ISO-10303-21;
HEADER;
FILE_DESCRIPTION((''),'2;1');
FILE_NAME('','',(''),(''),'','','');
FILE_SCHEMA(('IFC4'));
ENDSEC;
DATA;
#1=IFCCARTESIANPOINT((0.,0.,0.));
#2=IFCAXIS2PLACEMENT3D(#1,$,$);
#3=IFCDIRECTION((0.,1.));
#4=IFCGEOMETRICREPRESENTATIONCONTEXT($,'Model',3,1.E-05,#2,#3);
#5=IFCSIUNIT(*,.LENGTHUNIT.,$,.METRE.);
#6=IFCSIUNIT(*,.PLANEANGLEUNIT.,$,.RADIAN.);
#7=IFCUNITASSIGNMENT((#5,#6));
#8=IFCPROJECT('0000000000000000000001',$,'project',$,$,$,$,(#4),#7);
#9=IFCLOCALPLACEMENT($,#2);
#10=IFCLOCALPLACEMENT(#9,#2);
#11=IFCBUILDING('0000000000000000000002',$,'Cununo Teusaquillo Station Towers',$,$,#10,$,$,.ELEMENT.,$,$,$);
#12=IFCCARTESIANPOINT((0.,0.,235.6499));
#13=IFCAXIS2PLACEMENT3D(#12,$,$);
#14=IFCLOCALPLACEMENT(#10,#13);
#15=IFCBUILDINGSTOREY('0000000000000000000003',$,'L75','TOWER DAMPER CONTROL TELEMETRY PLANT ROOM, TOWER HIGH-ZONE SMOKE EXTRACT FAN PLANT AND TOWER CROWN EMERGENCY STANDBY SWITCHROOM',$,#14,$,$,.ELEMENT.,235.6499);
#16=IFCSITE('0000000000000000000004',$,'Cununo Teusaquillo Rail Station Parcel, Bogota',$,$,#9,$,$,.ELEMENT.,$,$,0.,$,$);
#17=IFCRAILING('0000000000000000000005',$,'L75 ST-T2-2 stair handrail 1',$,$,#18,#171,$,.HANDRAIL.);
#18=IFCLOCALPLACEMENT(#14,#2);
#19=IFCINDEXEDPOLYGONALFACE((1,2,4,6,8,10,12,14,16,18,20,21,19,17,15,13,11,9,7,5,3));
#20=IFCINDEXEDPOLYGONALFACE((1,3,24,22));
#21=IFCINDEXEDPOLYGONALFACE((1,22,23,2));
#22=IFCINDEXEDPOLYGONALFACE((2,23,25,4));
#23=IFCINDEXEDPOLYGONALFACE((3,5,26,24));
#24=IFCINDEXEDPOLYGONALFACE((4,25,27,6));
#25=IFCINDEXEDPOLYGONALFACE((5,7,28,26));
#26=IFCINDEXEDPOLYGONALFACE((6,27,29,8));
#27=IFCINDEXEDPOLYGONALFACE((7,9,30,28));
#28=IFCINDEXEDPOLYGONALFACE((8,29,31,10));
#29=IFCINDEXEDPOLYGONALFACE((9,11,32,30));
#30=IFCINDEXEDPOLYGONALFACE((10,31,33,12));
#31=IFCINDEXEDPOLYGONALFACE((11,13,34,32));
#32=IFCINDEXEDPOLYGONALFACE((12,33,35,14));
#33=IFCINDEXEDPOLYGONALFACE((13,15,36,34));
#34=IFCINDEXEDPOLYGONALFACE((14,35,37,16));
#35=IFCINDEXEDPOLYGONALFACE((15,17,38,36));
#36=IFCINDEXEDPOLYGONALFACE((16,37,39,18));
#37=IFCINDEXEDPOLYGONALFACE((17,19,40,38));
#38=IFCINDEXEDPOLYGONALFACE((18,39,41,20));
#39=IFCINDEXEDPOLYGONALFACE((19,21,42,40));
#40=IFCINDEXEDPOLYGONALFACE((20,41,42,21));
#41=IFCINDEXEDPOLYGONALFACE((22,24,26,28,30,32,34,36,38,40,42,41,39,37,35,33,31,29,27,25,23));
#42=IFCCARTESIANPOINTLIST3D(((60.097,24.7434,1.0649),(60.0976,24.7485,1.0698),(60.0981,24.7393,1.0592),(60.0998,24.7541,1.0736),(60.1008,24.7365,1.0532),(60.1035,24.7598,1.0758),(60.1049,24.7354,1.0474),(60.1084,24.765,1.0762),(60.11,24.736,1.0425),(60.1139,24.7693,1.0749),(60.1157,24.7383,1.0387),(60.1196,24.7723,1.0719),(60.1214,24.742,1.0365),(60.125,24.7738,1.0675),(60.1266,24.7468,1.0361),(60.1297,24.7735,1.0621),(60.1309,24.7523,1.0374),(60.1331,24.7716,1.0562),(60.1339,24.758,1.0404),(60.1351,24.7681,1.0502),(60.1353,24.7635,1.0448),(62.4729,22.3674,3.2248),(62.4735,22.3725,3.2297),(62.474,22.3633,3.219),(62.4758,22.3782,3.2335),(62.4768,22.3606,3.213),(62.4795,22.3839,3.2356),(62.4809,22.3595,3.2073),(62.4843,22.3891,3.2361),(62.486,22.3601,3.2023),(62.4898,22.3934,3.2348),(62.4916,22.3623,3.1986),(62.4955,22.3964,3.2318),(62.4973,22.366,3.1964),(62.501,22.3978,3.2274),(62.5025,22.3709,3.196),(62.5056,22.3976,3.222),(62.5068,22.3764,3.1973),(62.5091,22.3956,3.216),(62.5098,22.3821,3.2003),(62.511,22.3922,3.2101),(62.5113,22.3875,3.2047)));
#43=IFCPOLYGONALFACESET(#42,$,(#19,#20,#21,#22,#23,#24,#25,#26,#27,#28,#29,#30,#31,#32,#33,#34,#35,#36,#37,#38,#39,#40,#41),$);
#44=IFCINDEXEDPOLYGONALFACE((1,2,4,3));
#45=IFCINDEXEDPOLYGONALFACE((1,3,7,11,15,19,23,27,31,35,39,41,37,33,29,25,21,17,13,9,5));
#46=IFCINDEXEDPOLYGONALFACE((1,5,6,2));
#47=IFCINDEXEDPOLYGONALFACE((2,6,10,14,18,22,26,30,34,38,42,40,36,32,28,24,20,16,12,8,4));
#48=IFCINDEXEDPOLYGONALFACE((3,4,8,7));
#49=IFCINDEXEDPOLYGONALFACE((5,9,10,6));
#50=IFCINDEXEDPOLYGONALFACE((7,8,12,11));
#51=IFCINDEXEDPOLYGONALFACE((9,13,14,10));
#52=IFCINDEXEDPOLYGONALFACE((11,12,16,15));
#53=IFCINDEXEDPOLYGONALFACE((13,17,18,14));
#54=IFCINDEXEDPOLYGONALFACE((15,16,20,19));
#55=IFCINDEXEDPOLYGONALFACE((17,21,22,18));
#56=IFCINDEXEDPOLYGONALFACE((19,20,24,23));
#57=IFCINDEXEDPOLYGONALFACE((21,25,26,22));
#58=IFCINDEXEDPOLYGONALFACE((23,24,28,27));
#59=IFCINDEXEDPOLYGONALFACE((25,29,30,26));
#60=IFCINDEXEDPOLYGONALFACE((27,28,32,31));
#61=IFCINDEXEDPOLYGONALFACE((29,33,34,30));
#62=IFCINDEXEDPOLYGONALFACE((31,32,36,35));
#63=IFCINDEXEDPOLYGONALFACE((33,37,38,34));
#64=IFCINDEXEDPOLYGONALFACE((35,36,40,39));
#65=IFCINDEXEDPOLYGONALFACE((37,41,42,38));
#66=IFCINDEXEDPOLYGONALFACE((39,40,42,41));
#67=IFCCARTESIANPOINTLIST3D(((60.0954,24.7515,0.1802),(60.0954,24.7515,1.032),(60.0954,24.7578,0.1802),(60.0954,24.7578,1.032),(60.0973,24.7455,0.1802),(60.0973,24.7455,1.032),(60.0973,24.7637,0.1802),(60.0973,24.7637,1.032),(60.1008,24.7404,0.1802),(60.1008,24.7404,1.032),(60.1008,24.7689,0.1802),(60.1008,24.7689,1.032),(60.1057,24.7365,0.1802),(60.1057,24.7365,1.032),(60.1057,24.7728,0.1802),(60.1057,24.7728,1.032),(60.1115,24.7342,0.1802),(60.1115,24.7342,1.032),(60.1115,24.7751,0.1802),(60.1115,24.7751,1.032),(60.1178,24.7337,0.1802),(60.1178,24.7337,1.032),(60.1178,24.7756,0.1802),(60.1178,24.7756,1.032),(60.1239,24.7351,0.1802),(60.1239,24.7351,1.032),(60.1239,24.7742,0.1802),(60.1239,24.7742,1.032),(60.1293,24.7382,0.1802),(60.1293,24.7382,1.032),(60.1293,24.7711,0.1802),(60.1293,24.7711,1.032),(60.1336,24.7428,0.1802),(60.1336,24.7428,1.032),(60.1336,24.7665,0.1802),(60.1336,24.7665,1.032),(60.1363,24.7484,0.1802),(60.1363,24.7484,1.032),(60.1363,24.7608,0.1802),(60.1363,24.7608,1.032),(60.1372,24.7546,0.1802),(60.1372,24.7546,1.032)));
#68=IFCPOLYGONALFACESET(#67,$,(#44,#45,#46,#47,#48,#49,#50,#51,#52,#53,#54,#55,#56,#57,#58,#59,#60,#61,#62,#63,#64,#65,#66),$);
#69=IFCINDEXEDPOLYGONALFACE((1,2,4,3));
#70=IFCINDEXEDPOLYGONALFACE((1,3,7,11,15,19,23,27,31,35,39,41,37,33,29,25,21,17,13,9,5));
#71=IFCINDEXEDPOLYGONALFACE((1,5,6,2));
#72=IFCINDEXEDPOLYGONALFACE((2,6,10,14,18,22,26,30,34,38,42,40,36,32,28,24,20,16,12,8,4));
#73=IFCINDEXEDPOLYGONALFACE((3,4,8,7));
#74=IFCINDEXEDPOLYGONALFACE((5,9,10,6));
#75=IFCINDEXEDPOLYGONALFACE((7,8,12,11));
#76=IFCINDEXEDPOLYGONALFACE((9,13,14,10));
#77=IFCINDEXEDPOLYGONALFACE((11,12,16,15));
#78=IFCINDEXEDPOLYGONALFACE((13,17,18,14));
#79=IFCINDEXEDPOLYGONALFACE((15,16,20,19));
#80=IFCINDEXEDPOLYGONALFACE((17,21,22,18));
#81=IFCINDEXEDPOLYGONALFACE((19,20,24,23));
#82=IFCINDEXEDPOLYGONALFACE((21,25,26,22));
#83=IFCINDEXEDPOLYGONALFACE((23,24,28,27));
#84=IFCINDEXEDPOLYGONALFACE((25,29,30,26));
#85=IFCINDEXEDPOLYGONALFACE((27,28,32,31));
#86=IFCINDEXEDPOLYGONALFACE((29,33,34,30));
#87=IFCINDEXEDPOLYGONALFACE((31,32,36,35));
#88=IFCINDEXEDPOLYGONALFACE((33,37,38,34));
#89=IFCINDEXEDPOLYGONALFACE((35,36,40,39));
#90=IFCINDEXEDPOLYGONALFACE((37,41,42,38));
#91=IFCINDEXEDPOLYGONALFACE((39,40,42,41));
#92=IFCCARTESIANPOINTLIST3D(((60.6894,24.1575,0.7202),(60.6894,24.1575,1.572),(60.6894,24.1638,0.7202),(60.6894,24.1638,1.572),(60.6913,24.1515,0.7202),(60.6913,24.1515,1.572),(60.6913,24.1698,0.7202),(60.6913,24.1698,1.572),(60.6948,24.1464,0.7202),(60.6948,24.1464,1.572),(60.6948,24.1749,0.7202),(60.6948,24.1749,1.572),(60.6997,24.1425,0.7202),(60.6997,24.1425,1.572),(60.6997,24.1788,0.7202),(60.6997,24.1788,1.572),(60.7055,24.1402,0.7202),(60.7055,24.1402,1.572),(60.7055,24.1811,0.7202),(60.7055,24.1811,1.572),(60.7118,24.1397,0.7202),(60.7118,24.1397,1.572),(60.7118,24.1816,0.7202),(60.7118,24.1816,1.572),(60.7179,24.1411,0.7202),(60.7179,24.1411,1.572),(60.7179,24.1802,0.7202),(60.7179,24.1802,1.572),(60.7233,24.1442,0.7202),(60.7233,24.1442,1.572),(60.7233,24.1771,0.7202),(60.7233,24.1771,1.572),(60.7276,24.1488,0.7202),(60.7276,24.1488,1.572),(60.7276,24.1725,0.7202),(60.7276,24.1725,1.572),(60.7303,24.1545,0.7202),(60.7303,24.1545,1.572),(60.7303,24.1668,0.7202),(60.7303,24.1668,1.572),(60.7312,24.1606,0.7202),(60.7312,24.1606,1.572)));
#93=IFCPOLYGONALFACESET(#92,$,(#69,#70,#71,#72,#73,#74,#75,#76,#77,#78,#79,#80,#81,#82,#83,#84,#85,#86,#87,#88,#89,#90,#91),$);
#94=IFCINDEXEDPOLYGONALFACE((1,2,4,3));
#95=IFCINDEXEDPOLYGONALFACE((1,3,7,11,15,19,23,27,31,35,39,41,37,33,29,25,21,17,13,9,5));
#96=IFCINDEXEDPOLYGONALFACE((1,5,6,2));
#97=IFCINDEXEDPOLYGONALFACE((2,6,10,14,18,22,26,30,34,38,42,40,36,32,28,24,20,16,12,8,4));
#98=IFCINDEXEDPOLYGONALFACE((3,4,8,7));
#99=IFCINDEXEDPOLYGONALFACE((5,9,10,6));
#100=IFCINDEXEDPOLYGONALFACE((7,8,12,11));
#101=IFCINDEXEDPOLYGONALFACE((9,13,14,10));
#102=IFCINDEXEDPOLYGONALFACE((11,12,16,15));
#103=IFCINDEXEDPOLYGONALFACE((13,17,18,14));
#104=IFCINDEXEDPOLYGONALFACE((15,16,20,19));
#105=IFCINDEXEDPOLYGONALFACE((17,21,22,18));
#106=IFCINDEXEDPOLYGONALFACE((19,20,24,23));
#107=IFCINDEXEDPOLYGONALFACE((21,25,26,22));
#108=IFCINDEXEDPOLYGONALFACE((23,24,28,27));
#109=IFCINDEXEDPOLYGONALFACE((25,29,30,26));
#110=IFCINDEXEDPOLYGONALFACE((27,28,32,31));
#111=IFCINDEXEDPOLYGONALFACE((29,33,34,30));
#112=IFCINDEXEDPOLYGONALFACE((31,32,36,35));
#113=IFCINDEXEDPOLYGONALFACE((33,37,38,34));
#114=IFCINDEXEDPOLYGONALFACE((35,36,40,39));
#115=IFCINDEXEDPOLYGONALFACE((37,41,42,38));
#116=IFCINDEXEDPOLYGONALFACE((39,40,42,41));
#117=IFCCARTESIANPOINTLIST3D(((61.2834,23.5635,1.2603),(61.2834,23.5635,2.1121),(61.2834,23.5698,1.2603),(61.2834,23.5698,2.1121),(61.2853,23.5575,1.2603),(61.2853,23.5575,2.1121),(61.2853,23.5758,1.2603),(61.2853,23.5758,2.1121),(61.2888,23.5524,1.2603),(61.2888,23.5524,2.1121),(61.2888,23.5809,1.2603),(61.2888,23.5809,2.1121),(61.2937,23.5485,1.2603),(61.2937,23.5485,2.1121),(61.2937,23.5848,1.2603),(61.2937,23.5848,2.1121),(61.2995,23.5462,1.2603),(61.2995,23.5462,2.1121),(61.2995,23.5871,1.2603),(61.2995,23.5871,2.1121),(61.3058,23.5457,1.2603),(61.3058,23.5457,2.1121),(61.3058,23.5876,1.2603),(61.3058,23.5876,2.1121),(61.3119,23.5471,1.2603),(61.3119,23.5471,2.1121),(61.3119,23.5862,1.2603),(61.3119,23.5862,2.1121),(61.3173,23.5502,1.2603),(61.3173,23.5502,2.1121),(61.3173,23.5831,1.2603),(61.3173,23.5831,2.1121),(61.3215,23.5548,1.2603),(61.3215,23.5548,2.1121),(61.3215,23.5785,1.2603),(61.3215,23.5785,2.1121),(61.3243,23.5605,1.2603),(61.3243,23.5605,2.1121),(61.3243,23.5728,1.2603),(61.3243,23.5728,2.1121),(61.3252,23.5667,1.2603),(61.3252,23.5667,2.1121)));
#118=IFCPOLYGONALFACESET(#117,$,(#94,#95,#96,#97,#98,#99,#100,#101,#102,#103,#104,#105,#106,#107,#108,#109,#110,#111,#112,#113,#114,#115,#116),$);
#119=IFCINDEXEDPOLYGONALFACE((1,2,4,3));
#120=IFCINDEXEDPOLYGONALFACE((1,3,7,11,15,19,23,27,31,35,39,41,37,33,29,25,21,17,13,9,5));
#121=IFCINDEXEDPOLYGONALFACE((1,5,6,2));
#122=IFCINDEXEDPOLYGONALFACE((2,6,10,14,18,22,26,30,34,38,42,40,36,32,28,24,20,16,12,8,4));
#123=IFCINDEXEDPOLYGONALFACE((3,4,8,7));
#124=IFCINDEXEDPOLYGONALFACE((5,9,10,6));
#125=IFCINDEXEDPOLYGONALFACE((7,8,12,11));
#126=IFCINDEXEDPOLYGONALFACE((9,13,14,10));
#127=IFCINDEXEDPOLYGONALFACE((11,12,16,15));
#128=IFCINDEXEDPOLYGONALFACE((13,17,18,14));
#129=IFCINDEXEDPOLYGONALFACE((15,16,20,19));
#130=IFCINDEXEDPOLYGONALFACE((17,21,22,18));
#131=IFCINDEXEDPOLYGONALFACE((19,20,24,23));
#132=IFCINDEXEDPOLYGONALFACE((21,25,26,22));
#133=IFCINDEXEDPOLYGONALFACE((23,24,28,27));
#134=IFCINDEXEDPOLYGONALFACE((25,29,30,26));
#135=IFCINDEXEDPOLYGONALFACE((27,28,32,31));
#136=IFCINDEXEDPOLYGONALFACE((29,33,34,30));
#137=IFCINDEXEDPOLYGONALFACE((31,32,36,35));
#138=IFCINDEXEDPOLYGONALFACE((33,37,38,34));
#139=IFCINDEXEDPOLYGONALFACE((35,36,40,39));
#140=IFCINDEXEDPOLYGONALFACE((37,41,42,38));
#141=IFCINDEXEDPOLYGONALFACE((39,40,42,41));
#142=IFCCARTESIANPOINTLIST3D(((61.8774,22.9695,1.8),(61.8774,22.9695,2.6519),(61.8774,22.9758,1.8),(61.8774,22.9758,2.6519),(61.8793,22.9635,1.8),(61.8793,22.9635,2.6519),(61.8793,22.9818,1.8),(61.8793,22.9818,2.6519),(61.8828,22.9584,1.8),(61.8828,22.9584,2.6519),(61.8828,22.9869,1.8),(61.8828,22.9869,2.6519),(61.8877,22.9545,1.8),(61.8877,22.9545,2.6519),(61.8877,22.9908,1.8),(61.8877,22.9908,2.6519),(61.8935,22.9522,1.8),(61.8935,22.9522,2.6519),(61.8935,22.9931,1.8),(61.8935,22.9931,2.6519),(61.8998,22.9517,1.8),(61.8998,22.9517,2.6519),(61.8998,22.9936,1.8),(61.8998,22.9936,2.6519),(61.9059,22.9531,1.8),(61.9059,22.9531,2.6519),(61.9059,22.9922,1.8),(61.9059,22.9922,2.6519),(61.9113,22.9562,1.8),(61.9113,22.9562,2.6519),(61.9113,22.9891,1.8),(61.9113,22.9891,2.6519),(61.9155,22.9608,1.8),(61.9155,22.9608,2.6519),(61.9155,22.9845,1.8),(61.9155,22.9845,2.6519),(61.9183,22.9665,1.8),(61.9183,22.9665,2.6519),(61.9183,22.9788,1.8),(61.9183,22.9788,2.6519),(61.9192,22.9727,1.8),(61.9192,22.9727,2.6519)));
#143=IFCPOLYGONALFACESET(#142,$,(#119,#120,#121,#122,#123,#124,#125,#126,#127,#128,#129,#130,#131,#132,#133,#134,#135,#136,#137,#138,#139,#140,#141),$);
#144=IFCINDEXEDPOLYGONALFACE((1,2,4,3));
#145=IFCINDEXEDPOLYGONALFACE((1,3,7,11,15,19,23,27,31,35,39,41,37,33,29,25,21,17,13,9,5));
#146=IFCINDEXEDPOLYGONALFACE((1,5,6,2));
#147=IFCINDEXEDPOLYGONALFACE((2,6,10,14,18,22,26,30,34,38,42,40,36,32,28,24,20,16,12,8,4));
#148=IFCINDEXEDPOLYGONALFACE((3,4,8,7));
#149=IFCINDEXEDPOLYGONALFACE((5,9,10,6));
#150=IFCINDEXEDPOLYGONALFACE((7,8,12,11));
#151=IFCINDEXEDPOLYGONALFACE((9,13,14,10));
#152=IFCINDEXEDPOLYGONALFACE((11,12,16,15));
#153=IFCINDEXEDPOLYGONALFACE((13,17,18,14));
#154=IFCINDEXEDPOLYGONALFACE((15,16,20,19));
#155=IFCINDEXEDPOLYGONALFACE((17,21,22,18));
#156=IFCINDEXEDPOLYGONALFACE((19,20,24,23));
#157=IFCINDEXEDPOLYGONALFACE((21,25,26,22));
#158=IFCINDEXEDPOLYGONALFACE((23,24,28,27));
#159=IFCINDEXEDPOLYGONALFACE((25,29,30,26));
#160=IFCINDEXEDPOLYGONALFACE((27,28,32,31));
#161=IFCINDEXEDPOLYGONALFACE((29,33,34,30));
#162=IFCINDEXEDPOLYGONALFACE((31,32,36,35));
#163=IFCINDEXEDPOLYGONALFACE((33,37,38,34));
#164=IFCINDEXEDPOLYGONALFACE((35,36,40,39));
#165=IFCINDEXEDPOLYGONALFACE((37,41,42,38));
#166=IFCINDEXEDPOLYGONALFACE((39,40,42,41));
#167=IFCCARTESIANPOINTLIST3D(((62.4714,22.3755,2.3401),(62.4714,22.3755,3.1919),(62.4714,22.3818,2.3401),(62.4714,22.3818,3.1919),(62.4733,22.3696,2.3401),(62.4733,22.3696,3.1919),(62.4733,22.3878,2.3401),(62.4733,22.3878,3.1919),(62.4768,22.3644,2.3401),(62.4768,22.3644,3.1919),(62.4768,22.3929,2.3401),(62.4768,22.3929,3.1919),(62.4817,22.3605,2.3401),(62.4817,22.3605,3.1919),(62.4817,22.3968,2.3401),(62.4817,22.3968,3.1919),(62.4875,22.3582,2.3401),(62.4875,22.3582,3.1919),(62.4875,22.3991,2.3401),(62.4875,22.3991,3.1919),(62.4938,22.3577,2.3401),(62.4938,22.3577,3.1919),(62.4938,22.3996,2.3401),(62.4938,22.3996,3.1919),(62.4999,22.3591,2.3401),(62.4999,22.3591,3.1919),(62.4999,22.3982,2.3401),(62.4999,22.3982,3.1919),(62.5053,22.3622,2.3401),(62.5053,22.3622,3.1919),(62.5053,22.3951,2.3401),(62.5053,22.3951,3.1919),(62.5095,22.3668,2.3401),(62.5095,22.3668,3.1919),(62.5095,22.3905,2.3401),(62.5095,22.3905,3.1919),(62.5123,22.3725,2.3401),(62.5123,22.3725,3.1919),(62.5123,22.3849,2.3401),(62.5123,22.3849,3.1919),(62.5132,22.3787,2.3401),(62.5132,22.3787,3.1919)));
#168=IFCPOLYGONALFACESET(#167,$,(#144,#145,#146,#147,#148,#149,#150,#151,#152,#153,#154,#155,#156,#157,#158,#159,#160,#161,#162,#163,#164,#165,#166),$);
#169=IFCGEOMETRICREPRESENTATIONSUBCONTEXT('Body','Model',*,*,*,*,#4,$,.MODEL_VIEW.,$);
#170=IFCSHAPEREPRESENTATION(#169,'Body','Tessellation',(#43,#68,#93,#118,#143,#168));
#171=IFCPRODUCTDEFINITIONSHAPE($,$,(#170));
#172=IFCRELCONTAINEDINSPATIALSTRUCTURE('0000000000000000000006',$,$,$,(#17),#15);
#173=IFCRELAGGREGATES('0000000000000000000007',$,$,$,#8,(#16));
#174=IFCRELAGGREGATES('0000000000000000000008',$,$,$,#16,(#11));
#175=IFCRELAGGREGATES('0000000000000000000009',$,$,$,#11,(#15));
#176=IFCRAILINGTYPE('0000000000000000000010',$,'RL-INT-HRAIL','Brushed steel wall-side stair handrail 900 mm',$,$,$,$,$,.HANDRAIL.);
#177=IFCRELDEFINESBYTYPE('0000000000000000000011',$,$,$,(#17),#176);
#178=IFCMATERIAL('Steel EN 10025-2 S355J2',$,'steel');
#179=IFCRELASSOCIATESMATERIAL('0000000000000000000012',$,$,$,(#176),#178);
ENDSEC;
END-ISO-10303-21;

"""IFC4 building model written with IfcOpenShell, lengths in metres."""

from ifc_helpers import new_model, si_unit, direction, frame, origin, origin_2d, place, context, subcontext, project, spatial, circle, extrude, material, type_object, element, save


model = new_model("IFC4")

# Units and contexts
model_context = context("Model", 3, precision=1e-05, world=origin(), true_north=direction((0.0, 1.0)))
body_context = subcontext(model_context, "Body", "Model", "MODEL_VIEW")
ifc_project = project(units=[si_unit("LENGTHUNIT", "METRE"), si_unit("PLANEANGLEUNIT", "RADIAN")], contexts=[model_context])

# Site, building, storey
site_placement = place(None, origin())
site = spatial("IfcSite", under=ifc_project, at=site_placement, Name="Cununo Teusaquillo Rail Station Parcel, Bogota", CompositionType="ELEMENT", RefElevation=0.0)
building_placement = place(site_placement, origin())
building = spatial("IfcBuilding", under=site, at=building_placement, Name="Cununo Teusaquillo Station Towers", CompositionType="ELEMENT")
storey_placement = place(building_placement, frame((0.0, 0.0, 235.6499)))
storey = spatial("IfcBuildingStorey", under=building, at=storey_placement, Name="L75", Description="TOWER DAMPER CONTROL TELEMETRY PLANT ROOM, TOWER HIGH-ZONE SMOKE EXTRACT FAN PLANT AND TOWER CROWN EMERGENCY STANDBY SWITCHROOM", CompositionType="ELEMENT", Elevation=235.6499)

# Railing
ifc_material_1 = material(Name="Steel EN 10025-2 S355J2", Category="steel")
railing_type_1 = type_object("IfcRailingType", Name="RL-INT-HRAIL", Description="Brushed steel wall-side stair handrail 900 mm", PredefinedType="HANDRAIL", material=ifc_material_1)
railing_1_placement = place(storey_placement, frame((60.1162, 24.7546, 0.1802)))
element("IfcRailing", 1, at=railing_1_placement, inside=storey, type_object=railing_type_1, Name="L75 ST-T2-2 stair handrail 1", PredefinedType="HANDRAIL", context=body_context, shape_type="SweptSolid", body=[
    extrude(circle(Radius=0.0239, at=origin_2d()), frame((0.0, 0.0, 0.876), z_axis=(0.594817, -0.594817, 0.540726), x_axis=(0.707107, 0.707107, 0.0)), (0.0, 0.0, 1.0), 3.9944),
    extrude(circle(Radius=0.021, at=origin_2d()), origin(), (0.0, 0.0, 1.0), 0.8518),
    extrude(circle(Radius=0.021, at=origin_2d()), frame((0.594, -0.594, 0.54)), (0.0, 0.0, 1.0), 0.8518),
    extrude(circle(Radius=0.021, at=origin_2d()), frame((1.188, -1.188, 1.0801)), (0.0, 0.0, 1.0), 0.8518),
    extrude(circle(Radius=0.021, at=origin_2d()), frame((1.782, -1.782, 1.6199)), (0.0, 0.0, 1.0), 0.8518),
    extrude(circle(Radius=0.021, at=origin_2d()), frame((2.376, -2.376, 2.1599)), (0.0, 0.0, 1.0), 0.8518),
])

save(model, "model.ifc")
